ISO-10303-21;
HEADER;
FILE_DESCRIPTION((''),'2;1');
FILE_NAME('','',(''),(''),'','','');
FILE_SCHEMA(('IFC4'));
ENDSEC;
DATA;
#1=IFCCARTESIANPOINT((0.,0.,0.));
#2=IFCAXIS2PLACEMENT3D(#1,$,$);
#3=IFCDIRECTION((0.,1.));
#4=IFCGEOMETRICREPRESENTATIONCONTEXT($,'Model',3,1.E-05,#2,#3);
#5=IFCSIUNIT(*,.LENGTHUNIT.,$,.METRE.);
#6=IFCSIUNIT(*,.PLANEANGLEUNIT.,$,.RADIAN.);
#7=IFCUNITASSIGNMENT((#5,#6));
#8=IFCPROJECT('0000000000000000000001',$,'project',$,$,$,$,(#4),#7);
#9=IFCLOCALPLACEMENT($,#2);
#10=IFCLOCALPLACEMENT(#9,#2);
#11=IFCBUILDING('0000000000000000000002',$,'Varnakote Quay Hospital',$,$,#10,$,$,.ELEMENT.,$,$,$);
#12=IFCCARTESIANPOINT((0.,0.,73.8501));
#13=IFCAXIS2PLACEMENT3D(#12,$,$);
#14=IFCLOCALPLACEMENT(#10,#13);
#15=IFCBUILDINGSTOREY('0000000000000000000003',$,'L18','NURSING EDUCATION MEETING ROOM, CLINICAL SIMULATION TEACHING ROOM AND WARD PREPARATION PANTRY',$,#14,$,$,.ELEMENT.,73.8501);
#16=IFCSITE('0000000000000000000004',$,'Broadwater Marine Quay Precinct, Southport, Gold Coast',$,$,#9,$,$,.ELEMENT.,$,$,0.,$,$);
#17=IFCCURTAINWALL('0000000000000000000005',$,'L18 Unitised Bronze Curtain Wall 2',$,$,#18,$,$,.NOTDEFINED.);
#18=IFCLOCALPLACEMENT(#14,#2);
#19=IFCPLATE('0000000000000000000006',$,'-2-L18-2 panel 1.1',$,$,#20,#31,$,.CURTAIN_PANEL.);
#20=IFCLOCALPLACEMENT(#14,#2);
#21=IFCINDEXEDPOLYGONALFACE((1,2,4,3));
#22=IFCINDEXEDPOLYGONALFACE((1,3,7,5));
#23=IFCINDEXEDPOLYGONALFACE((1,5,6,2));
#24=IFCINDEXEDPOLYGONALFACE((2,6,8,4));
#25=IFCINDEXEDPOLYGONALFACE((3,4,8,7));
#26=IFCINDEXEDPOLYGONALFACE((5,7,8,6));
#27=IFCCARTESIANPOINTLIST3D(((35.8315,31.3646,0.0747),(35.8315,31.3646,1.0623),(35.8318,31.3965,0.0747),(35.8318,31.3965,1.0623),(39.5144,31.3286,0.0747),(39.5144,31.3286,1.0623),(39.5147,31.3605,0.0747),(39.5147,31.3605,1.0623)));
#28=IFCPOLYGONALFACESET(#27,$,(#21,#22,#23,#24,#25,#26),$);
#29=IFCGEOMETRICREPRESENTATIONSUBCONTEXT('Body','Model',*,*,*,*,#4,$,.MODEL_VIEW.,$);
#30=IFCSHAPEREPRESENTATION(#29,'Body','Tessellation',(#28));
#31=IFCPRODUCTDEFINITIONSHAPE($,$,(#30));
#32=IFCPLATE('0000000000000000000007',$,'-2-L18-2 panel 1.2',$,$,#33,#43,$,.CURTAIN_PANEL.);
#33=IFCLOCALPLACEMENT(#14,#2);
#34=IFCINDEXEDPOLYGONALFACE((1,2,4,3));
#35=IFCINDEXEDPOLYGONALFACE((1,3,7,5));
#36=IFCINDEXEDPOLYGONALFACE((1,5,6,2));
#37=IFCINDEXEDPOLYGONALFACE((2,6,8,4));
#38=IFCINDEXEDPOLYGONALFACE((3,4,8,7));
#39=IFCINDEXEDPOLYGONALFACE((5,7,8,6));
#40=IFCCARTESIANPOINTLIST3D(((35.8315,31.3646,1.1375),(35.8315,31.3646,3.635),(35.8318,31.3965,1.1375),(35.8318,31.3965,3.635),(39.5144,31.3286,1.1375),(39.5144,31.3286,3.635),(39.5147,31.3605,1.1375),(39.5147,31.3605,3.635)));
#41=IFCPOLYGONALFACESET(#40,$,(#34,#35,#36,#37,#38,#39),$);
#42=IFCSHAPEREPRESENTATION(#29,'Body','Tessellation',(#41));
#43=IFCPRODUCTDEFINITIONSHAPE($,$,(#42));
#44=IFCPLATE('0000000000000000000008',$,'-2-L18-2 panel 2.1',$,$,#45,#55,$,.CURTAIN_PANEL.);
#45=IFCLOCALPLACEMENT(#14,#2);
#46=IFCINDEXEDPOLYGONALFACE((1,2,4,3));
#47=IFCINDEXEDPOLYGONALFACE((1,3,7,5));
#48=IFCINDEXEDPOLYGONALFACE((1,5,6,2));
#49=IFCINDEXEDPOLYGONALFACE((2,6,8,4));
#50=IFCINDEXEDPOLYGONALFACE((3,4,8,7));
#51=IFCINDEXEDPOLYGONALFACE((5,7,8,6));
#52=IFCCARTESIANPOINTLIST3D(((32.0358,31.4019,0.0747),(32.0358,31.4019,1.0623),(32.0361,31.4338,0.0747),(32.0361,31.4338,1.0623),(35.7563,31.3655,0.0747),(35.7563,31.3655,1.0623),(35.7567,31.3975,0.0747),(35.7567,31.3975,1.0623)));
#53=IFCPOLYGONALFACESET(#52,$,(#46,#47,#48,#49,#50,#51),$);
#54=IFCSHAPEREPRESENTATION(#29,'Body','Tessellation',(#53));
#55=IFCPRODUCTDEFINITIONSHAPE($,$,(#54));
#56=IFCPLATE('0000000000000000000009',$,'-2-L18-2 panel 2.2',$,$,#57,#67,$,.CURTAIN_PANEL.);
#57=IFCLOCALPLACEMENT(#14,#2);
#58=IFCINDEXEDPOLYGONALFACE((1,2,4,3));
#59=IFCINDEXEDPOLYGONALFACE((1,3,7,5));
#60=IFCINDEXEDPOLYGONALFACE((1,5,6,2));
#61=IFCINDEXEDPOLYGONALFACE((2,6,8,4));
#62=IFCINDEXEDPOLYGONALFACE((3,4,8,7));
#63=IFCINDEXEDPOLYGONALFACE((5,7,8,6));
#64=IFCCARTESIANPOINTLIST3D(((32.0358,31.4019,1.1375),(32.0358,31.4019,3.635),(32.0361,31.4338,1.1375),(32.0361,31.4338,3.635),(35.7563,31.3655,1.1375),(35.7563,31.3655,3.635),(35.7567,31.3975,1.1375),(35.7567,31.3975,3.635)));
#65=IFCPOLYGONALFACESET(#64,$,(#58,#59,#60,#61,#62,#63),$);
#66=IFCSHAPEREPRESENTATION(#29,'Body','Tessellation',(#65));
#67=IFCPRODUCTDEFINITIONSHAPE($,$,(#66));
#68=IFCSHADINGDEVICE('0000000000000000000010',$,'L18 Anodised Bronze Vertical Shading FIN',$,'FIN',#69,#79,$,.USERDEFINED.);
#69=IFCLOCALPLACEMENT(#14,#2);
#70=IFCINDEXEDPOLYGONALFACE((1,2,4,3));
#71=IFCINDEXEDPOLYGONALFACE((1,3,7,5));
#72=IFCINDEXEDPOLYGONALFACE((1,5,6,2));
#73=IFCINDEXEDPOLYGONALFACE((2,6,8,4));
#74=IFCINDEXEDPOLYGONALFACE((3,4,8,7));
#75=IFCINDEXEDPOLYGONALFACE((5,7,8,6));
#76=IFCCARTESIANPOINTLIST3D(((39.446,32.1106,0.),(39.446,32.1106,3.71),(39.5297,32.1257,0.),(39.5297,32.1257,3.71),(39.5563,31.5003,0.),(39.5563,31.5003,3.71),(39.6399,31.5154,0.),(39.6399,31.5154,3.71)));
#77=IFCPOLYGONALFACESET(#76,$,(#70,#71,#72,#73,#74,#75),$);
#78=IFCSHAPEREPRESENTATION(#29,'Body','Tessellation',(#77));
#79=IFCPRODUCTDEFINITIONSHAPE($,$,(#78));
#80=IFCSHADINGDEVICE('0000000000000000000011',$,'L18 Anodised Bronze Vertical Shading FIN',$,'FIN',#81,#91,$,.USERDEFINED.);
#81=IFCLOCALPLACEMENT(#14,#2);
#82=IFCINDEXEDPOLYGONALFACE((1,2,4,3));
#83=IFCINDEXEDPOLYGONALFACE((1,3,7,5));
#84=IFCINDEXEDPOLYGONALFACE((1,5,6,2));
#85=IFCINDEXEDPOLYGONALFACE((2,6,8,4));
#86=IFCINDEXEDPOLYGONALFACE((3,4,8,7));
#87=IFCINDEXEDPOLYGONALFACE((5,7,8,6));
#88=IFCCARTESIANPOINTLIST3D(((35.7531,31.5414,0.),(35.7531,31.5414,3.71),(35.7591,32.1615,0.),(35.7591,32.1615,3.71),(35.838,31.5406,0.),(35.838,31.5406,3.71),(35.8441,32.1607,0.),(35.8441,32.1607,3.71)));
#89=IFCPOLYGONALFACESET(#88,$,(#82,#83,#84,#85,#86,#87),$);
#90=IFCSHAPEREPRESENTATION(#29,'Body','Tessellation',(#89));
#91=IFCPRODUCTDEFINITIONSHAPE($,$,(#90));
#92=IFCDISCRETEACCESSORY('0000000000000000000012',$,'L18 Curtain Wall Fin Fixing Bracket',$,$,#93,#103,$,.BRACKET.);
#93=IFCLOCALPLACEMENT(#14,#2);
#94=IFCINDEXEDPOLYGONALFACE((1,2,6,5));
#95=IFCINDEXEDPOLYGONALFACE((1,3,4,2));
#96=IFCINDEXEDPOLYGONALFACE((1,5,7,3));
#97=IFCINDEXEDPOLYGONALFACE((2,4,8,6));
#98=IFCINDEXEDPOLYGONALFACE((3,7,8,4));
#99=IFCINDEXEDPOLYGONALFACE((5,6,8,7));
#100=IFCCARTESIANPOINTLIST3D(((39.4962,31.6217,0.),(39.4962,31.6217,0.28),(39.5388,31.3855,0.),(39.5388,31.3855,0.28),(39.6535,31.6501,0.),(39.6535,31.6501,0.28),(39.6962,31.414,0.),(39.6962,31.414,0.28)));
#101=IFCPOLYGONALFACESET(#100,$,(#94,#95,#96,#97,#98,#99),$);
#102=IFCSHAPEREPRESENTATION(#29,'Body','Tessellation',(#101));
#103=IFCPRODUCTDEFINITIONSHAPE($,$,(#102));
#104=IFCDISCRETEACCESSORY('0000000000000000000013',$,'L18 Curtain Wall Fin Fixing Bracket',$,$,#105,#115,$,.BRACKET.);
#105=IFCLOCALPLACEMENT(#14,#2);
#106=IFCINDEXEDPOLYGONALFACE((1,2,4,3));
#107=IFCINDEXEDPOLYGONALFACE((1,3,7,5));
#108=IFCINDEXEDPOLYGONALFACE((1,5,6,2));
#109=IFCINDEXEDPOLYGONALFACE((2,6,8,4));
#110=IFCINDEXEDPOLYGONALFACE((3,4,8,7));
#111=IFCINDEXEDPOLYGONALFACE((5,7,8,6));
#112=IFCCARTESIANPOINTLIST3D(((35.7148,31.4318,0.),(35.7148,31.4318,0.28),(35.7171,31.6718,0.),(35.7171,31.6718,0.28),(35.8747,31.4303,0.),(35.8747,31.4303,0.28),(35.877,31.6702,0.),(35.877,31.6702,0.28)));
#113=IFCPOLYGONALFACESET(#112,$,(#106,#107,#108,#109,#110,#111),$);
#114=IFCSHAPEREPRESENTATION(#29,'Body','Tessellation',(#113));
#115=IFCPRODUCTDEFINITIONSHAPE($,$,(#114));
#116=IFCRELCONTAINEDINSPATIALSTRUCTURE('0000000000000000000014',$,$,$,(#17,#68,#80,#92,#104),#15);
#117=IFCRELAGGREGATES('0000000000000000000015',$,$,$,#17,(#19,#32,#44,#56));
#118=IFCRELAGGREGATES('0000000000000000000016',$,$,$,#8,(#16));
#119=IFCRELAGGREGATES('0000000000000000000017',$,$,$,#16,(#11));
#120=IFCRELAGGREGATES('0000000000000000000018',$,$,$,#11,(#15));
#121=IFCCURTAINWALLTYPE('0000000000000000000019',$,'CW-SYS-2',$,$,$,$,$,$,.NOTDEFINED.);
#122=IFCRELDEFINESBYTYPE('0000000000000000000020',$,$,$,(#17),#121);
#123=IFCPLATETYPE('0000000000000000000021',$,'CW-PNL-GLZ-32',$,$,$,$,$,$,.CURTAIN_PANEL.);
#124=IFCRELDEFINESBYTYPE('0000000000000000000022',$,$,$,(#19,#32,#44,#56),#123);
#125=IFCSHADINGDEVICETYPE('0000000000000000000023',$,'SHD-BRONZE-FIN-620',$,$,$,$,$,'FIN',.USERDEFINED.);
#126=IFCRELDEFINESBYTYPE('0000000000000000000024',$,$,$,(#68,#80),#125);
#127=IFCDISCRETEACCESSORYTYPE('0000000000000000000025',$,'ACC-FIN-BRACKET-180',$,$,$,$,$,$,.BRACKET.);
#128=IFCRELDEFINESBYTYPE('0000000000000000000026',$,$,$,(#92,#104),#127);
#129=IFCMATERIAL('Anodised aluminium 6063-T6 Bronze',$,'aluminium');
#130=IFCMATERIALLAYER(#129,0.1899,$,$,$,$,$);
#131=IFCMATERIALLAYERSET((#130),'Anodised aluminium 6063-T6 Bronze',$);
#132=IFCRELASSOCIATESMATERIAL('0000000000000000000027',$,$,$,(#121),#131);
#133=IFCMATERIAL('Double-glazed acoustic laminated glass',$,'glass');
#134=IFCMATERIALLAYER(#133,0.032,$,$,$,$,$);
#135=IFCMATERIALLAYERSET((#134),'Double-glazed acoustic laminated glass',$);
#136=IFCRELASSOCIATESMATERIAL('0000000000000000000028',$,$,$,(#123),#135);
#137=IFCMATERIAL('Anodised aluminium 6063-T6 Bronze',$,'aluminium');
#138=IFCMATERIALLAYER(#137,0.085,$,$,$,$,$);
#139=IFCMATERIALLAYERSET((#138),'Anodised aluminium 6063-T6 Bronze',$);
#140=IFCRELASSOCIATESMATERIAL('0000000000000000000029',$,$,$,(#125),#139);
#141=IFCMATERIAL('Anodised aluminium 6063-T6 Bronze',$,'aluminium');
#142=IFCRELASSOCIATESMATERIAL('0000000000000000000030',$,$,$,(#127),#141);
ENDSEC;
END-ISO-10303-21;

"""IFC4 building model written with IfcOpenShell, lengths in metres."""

from ifc_helpers import new_model, si_unit, direction, frame, origin, origin_2d, place, context, subcontext, project, spatial, rectangle, extrude, material, layer, layer_set, type_object, element, aggregate, save


model = new_model("IFC4")

# Units and contexts
model_context = context("Model", 3, precision=1e-05, world=origin(), true_north=direction((0.0, 1.0)))
body_context = subcontext(model_context, "Body", "Model", "MODEL_VIEW")
ifc_project = project(units=[si_unit("LENGTHUNIT", "METRE"), si_unit("PLANEANGLEUNIT", "RADIAN")], contexts=[model_context])

# Site, building, storey
site_placement = place(None, origin())
site = spatial("IfcSite", under=ifc_project, at=site_placement, Name="Broadwater Marine Quay Precinct, Southport, Gold Coast", CompositionType="ELEMENT", RefElevation=0.0)
building_placement = place(site_placement, origin())
building = spatial("IfcBuilding", under=site, at=building_placement, Name="Varnakote Quay Hospital", CompositionType="ELEMENT")
storey_placement = place(building_placement, frame((0.0, 0.0, 73.8501)))
storey = spatial("IfcBuildingStorey", under=building, at=storey_placement, Name="L18", Description="NURSING EDUCATION MEETING ROOM, CLINICAL SIMULATION TEACHING ROOM AND WARD PREPARATION PANTRY", CompositionType="ELEMENT", Elevation=73.8501)

# Shared definitions
ifc_material_1 = material(Name="Anodised aluminium 6063-T6 Bronze", Category="aluminium")
ifc_layer_1 = layer(ifc_material_1, 0.1899)
ifc_layer_set_1 = layer_set([ifc_layer_1], Name="Anodised aluminium 6063-T6 Bronze")
curtain_wall_type = type_object("IfcCurtainWallType", Name="CW-SYS-2", PredefinedType="NOTDEFINED", material=ifc_layer_set_1)

# Curtain wall
curtain_wall_1_placement = place(storey_placement, origin())
curtain_wall_1 = element("IfcCurtainWall", 1, at=curtain_wall_1_placement, inside=storey, type_object=curtain_wall_type, Name="L18 Unitised Bronze Curtain Wall 2", PredefinedType="NOTDEFINED")

# Plates
ifc_material_2 = material(Name="Double-glazed acoustic laminated glass", Category="glass")
ifc_layer_2 = layer(ifc_material_2, 0.032)
ifc_layer_set_2 = layer_set([ifc_layer_2], Name="Double-glazed acoustic laminated glass")
plate_type = type_object("IfcPlateType", Name="CW-PNL-GLZ-32", PredefinedType="CURTAIN_PANEL", material=ifc_layer_set_2)
plate_1_placement = place(storey_placement, frame((37.6731, 31.3625, 0.0747), z_axis=(0.0, 0.0, 1.0), x_axis=(-0.999952, 0.009774, 0.0)))
plate_1 = element("IfcPlate", 2, at=plate_1_placement, type_object=plate_type, Name="-2-L18-2 panel 1.1", PredefinedType="CURTAIN_PANEL", context=body_context, shape_type="SweptSolid", body=[
    extrude(rectangle(XDim=3.6831, YDim=0.032, at=origin_2d()), origin(), (0.0, 0.0, 1.0), 0.9875),
])
plate_2_placement = place(storey_placement, frame((37.6731, 31.3625, 1.1375), z_axis=(0.0, 0.0, 1.0), x_axis=(-0.999952, 0.009774, 0.0)))
plate_2 = element("IfcPlate", 3, at=plate_2_placement, type_object=plate_type, Name="-2-L18-2 panel 1.2", PredefinedType="CURTAIN_PANEL", context=body_context, shape_type="SweptSolid", body=[
    extrude(rectangle(XDim=3.6831, YDim=0.032, at=origin_2d()), origin(), (0.0, 0.0, 1.0), 2.4976),
])
plate_3_placement = place(storey_placement, frame((33.8962, 31.3997, 0.0747), z_axis=(0.0, 0.0, 1.0), x_axis=(-0.999952, 0.009774, 0.0)))
plate_3 = element("IfcPlate", 4, at=plate_3_placement, type_object=plate_type, Name="-2-L18-2 panel 2.1", PredefinedType="CURTAIN_PANEL", context=body_context, shape_type="SweptSolid", body=[
    extrude(rectangle(XDim=3.7207, YDim=0.032, at=origin_2d()), origin(), (0.0, 0.0, 1.0), 0.9875),
])
plate_4_placement = place(storey_placement, frame((33.8962, 31.3997, 1.1375), z_axis=(0.0, 0.0, 1.0), x_axis=(-0.999952, 0.009774, 0.0)))
plate_4 = element("IfcPlate", 5, at=plate_4_placement, type_object=plate_type, Name="-2-L18-2 panel 2.2", PredefinedType="CURTAIN_PANEL", context=body_context, shape_type="SweptSolid", body=[
    extrude(rectangle(XDim=3.7207, YDim=0.032, at=origin_2d()), origin(), (0.0, 0.0, 1.0), 2.4976),
])
aggregate(curtain_wall_1, [plate_1, plate_2, plate_3, plate_4])

# Shading devices
ifc_material_3 = material(Name="Anodised aluminium 6063-T6 Bronze", Category="aluminium")
ifc_layer_3 = layer(ifc_material_3, 0.085)
ifc_layer_set_3 = layer_set([ifc_layer_3], Name="Anodised aluminium 6063-T6 Bronze")
shading_device_type = type_object("IfcShadingDeviceType", Name="SHD-BRONZE-FIN-620", ElementType="FIN", PredefinedType="USERDEFINED", material=ifc_layer_set_3)
for number, where, z_axis, x_axis, name in (
    (6, (39.543, 31.813, 0.0), (0.0, 0.0, 1.0), (0.177772, -0.984072, 0.0), "L18 Anodised Bronze Vertical Shading FIN"),
    (7, (35.7986, 31.8511, 0.0), (0.0, 0.0, 1.0), (-0.009774, -0.999952, 0.0), "L18 Anodised Bronze Vertical Shading FIN"),
):
    element("IfcShadingDevice", number, at=place(storey_placement, frame(where, z_axis=z_axis, x_axis=x_axis)), inside=storey, type_object=shading_device_type, Name=name, ObjectType="FIN", PredefinedType="USERDEFINED", context=body_context, shape_type="SweptSolid", body=[
        extrude(rectangle(XDim=0.6201, YDim=0.085, at=origin_2d()), origin(), (0.0, 0.0, 1.0), 3.71),
    ])

# Discrete accessories
ifc_material_4 = material(Name="Anodised aluminium 6063-T6 Bronze", Category="aluminium")
discrete_accessory_type = type_object("IfcDiscreteAccessoryType", Name="ACC-FIN-BRACKET-180", PredefinedType="BRACKET", material=ifc_material_4)
for number, where, z_axis, x_axis, name in (
    (8, (39.5962, 31.5178, 0.0), (0.0, 0.0, 1.0), (-0.984072, -0.177772, 0.0), "L18 Curtain Wall Fin Fixing Bracket"),
    (9, (35.7959, 31.551, 0.0), (0.0, 0.0, 1.0), (-0.999952, 0.009774, 0.0), "L18 Curtain Wall Fin Fixing Bracket"),
):
    element("IfcDiscreteAccessory", number, at=place(storey_placement, frame(where, z_axis=z_axis, x_axis=x_axis)), inside=storey, type_object=discrete_accessory_type, Name=name, PredefinedType="BRACKET", context=body_context, shape_type="SweptSolid", body=[
        extrude(rectangle(XDim=0.1599, YDim=0.24, at=origin_2d()), origin(), (0.0, 0.0, 1.0), 0.28),
    ])

save(model, "model.ifc")
